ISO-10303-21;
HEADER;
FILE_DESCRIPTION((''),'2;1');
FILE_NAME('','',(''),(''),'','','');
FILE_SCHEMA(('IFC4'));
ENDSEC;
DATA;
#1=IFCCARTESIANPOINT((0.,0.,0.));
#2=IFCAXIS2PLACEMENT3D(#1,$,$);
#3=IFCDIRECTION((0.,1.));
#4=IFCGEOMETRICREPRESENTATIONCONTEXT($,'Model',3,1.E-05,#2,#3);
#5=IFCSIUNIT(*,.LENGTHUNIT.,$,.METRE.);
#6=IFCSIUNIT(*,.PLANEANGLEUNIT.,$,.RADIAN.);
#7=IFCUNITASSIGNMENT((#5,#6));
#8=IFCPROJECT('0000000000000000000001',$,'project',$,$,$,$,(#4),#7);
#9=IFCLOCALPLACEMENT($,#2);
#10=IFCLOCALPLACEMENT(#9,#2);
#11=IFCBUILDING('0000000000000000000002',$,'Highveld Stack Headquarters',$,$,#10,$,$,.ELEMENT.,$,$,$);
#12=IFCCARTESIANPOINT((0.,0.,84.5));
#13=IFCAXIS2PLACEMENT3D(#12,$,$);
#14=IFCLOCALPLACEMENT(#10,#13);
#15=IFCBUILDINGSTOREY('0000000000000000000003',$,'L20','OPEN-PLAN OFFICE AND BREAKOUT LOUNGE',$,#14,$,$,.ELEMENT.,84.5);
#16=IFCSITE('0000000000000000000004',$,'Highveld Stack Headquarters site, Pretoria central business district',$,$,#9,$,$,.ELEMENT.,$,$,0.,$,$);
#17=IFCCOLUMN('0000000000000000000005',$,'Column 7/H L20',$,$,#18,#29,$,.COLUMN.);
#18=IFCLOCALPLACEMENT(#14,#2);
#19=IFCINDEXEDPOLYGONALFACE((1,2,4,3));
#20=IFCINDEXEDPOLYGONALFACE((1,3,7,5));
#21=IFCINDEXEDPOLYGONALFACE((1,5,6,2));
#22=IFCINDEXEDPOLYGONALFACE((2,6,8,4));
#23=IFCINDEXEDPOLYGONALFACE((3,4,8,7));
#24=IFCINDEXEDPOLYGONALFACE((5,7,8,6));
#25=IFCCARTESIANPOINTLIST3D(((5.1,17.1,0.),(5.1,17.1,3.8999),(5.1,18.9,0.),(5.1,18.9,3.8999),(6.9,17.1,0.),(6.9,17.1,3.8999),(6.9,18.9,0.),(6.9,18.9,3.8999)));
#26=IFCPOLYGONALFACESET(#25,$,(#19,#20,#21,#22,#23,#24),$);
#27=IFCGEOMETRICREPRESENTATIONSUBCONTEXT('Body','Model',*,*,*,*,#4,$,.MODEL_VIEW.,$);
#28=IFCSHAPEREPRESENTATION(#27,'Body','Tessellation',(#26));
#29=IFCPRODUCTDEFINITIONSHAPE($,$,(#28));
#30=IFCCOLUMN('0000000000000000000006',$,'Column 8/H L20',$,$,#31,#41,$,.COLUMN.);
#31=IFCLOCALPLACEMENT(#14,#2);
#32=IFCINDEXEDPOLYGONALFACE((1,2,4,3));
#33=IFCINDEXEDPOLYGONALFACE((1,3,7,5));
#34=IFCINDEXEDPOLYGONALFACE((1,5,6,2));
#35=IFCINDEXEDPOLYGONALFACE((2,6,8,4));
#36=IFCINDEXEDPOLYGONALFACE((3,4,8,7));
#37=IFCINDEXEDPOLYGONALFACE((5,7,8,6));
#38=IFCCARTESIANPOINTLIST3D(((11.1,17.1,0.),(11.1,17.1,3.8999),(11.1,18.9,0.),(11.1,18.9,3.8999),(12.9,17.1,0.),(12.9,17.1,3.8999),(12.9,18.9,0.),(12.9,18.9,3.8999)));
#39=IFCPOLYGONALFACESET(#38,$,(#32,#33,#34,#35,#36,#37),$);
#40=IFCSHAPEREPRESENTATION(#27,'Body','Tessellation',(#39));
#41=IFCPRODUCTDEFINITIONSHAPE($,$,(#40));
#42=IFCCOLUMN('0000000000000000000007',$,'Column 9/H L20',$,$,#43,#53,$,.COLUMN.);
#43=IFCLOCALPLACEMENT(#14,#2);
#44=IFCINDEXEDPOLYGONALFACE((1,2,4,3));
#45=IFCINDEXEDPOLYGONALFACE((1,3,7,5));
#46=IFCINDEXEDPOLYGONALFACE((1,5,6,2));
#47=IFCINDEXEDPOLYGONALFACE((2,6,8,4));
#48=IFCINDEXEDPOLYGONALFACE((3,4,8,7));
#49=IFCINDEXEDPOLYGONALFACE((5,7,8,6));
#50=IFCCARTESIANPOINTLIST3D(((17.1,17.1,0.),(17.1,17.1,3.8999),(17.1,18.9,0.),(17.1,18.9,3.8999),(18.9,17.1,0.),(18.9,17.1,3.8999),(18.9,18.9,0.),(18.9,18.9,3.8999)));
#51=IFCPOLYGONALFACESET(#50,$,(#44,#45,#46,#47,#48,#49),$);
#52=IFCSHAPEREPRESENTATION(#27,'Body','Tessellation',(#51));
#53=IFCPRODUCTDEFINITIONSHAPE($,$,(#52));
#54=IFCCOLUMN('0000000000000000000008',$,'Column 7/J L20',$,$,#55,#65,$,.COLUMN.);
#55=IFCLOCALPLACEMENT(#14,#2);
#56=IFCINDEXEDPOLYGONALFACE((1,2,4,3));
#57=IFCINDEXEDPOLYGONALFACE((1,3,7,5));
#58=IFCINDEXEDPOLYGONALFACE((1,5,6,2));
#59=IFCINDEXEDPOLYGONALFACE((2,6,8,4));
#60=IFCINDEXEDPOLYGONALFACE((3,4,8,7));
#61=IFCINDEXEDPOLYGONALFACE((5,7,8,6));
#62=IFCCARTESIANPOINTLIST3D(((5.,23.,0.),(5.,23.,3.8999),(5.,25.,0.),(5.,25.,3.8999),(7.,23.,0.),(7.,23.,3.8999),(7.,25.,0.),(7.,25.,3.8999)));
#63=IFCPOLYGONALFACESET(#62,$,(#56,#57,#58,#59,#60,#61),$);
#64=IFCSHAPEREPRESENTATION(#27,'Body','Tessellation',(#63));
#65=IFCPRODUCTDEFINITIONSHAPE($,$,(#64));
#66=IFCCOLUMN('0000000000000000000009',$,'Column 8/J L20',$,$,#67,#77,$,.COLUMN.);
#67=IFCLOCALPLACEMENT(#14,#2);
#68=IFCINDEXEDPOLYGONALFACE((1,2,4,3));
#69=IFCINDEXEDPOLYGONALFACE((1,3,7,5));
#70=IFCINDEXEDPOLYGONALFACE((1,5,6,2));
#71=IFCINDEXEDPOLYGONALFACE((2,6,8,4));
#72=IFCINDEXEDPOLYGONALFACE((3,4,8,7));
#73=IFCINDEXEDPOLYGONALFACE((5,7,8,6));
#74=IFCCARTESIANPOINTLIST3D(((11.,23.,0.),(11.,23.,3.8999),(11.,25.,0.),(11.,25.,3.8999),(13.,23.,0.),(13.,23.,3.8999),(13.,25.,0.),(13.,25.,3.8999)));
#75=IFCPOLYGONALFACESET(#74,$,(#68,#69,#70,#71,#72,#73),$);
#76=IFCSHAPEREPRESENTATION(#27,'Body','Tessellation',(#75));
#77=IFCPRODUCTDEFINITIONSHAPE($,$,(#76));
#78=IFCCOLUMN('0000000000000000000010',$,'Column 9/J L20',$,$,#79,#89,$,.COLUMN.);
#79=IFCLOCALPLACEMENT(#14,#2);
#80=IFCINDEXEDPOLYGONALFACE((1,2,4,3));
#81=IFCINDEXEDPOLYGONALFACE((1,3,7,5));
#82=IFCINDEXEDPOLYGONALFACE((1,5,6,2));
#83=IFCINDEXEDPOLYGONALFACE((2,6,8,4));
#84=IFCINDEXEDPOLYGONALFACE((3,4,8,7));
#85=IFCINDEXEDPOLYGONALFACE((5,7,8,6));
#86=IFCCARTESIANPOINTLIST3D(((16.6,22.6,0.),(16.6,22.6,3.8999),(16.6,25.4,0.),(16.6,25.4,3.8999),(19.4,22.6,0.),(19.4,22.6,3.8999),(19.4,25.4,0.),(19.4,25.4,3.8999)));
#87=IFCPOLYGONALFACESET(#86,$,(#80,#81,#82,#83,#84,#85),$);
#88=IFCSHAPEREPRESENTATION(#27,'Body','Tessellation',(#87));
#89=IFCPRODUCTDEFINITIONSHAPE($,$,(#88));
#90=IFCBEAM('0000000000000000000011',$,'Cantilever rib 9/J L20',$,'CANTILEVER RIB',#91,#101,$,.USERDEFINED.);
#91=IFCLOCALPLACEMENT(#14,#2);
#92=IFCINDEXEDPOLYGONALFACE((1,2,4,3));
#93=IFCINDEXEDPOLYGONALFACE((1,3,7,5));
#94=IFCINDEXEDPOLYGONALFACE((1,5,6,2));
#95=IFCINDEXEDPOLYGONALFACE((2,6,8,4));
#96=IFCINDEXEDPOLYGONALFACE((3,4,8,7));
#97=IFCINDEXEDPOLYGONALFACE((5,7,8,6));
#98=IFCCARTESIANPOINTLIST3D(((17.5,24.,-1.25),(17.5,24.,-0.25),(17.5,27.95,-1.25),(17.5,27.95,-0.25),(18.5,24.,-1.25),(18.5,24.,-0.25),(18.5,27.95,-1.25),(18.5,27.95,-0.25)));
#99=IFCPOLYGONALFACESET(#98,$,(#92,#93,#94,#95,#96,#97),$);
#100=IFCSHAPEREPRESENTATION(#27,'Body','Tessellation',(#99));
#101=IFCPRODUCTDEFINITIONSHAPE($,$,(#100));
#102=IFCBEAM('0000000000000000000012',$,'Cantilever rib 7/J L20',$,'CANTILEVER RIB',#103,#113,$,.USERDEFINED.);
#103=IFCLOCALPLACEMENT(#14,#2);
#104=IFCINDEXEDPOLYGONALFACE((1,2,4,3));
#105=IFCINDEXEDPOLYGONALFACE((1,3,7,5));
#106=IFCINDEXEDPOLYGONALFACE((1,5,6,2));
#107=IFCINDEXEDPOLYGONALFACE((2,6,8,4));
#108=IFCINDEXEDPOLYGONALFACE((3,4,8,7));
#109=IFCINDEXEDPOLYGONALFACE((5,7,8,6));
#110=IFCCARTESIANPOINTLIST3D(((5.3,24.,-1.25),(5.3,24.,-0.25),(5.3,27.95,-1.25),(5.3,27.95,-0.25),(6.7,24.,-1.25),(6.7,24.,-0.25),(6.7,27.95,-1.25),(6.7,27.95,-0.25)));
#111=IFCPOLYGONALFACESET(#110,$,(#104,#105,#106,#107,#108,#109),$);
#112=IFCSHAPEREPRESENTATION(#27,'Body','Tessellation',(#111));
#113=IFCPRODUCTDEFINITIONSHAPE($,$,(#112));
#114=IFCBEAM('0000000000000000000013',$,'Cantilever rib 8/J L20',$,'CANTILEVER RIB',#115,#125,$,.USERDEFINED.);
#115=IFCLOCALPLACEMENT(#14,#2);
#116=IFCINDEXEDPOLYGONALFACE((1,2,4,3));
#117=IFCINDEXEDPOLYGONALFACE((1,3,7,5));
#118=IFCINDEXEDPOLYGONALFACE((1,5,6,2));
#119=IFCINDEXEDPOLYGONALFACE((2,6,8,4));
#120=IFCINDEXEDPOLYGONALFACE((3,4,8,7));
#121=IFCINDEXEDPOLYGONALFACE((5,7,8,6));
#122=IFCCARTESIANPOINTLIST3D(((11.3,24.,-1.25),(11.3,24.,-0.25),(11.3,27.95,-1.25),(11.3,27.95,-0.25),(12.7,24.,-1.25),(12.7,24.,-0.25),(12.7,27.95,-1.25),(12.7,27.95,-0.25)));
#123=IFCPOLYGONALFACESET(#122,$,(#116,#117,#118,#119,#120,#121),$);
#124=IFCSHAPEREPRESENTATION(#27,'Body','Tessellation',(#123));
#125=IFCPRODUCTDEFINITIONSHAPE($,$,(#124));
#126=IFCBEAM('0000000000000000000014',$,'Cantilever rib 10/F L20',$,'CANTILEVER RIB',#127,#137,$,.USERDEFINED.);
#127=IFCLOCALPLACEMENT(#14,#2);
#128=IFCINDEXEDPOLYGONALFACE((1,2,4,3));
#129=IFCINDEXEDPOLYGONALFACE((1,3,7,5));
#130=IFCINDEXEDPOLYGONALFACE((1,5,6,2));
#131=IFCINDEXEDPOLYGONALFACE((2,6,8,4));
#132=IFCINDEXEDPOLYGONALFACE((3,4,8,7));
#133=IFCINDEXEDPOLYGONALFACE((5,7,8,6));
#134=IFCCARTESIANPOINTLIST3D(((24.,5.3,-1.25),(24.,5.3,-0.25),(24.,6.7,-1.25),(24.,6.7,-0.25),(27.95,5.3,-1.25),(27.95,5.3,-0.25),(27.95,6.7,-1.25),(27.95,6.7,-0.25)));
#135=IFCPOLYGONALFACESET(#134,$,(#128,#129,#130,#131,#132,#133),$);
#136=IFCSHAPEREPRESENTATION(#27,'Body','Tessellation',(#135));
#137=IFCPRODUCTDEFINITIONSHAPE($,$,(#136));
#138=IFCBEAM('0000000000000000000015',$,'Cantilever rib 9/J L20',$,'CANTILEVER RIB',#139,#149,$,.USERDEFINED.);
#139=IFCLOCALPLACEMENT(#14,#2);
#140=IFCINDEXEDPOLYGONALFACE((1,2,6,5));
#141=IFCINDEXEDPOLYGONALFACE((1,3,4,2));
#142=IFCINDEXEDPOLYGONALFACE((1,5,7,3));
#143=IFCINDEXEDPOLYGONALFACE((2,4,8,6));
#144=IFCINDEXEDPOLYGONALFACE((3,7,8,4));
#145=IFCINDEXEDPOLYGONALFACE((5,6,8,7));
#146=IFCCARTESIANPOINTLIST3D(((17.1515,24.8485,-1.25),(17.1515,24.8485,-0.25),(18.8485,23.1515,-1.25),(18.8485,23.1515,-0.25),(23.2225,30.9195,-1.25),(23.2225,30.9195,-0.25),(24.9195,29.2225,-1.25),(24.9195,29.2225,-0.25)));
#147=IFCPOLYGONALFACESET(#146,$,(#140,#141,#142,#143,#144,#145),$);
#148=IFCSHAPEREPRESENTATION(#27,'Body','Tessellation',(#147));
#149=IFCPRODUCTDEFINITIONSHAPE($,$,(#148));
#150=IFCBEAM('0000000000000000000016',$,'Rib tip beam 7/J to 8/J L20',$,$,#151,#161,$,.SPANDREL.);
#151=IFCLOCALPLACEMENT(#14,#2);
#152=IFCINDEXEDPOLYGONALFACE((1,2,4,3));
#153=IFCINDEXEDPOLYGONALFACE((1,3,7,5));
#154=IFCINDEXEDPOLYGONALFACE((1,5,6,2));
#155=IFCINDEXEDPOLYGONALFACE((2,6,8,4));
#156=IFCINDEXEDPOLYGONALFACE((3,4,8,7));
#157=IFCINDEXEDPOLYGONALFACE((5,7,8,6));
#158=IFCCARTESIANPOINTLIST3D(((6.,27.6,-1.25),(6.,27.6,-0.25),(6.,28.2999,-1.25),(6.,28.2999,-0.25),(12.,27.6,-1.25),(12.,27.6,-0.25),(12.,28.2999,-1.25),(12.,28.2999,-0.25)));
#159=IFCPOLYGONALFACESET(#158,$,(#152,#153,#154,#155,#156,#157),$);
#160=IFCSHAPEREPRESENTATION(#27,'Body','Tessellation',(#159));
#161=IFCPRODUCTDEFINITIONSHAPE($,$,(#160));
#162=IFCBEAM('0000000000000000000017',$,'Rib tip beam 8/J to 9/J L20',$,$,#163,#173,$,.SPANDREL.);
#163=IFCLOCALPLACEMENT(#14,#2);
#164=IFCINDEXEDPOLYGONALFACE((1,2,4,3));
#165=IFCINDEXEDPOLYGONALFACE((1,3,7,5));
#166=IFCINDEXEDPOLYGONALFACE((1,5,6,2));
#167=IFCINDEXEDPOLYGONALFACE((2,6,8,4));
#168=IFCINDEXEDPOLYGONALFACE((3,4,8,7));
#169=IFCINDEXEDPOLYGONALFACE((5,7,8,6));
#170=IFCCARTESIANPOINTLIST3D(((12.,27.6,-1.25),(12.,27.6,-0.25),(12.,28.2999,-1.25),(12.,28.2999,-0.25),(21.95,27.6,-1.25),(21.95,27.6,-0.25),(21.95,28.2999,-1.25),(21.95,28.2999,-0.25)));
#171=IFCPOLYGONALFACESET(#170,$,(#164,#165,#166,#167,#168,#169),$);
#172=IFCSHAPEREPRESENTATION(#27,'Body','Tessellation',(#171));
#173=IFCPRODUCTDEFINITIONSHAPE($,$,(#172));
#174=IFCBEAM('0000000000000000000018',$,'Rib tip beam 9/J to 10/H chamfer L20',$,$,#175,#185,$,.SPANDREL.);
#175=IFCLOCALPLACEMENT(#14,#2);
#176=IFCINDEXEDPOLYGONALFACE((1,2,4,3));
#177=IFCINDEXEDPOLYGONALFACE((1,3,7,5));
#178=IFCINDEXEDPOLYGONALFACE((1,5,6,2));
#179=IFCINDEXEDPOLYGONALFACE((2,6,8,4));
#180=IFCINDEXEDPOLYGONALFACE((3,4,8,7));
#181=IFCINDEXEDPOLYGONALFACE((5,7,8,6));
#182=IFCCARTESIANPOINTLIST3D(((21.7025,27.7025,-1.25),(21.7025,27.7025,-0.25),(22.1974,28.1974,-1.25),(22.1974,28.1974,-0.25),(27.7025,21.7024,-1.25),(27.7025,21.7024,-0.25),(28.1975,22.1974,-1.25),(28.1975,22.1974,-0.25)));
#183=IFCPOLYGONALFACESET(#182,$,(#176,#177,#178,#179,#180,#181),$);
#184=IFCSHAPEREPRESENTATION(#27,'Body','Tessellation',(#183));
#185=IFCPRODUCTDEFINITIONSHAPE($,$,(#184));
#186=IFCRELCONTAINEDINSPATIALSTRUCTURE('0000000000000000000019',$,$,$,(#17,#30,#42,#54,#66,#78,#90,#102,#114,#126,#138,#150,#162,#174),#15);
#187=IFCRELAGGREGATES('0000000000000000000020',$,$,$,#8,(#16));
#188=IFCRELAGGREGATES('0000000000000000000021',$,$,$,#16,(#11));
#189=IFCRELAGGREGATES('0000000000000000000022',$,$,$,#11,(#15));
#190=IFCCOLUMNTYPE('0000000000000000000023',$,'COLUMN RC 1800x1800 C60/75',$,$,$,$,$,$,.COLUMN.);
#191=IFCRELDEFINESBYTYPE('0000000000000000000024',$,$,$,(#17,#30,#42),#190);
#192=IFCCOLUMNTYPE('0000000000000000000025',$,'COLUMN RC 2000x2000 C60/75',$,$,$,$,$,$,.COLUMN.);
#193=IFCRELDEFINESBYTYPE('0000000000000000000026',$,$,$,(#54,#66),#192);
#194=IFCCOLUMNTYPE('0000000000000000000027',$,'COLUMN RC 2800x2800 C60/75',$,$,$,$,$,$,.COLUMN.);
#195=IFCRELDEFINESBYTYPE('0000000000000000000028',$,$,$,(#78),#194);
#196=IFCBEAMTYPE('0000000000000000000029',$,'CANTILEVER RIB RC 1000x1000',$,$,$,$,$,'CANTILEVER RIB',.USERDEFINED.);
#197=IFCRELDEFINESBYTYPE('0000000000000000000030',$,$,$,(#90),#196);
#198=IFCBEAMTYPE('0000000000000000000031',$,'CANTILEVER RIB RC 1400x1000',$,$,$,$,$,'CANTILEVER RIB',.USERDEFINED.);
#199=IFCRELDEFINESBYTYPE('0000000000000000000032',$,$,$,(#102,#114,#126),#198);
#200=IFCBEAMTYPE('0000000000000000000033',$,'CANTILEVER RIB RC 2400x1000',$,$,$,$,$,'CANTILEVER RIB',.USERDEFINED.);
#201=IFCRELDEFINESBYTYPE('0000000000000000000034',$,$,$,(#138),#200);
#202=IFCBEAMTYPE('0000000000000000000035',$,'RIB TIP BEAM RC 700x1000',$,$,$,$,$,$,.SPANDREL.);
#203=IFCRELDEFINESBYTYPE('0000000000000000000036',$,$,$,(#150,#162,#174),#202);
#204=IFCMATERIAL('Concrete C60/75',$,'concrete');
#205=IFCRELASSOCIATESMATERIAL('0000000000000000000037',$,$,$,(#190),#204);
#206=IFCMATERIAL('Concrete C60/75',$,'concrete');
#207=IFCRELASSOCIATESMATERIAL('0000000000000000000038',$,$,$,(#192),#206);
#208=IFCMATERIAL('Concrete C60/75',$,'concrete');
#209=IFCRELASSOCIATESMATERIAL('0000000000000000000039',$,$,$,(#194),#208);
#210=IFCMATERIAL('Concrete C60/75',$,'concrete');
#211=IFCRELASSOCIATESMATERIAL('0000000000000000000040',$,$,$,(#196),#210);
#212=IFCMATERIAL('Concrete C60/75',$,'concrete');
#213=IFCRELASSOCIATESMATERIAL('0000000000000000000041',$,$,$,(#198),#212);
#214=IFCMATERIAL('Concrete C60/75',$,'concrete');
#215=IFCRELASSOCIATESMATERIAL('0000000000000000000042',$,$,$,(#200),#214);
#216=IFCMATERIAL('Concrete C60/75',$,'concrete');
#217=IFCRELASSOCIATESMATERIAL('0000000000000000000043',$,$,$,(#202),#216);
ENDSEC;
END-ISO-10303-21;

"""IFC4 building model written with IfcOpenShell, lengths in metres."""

from ifc_helpers import new_model, si_unit, direction, frame, origin, origin_2d, place, context, subcontext, project, spatial, rectangle, extrude, material, material_profile, profile_set, type_object, element, save


model = new_model("IFC4")

# Units and contexts
model_context = context("Model", 3, precision=1e-05, world=origin(), true_north=direction((0.0, 1.0)))
body_context = subcontext(model_context, "Body", "Model", "MODEL_VIEW")
ifc_project = project(units=[si_unit("LENGTHUNIT", "METRE"), si_unit("PLANEANGLEUNIT", "RADIAN")], contexts=[model_context])

# Site, building, storey
site_placement = place(None, origin())
site = spatial("IfcSite", under=ifc_project, at=site_placement, Name="Highveld Stack Headquarters site, Pretoria central business district", CompositionType="ELEMENT", RefElevation=0.0)
building_placement = place(site_placement, origin())
building = spatial("IfcBuilding", under=site, at=building_placement, Name="Highveld Stack Headquarters", CompositionType="ELEMENT")
storey_placement = place(building_placement, frame((0.0, 0.0, 84.5)))
storey = spatial("IfcBuildingStorey", under=building, at=storey_placement, Name="L20", Description="OPEN-PLAN OFFICE AND BREAKOUT LOUNGE", CompositionType="ELEMENT", Elevation=84.5)

# Columns
ifc_material_1 = material(Name="Concrete C60/75", Category="concrete")
ifc_material_profile_1 = material_profile(ifc_material_1, rectangle(XDim=1.8, YDim=1.8, at=origin_2d()), Name="RC 1800x1800")
ifc_profile_set_1 = profile_set([ifc_material_profile_1], Name="Concrete C60/75")
column_type_1 = type_object("IfcColumnType", Name="COLUMN RC 1800x1800 C60/75", PredefinedType="COLUMN", material=ifc_profile_set_1)
for number, where, z_axis, x_axis, name in (
    (1, (6.0, 18.0, 0.0), (0.0, 0.0, 1.0), (1.0, 0.0, 0.0), "Column 7/H L20"),
    (2, (12.0, 18.0, 0.0), (0.0, 0.0, 1.0), (1.0, 0.0, 0.0), "Column 8/H L20"),
    (3, (18.0, 18.0, 0.0), (0.0, 0.0, 1.0), (1.0, 0.0, 0.0), "Column 9/H L20"),
):
    element("IfcColumn", number, at=place(storey_placement, frame(where, z_axis=z_axis, x_axis=x_axis)), inside=storey, type_object=column_type_1, Name=name, PredefinedType="COLUMN", context=body_context, shape_type="SweptSolid", body=[
        extrude(rectangle(XDim=1.8, YDim=1.8, at=origin_2d()), origin(), (0.0, 0.0, 1.0), 3.8999),
    ])
ifc_material_2 = material(Name="Concrete C60/75", Category="concrete")
ifc_material_profile_2 = material_profile(ifc_material_2, rectangle(XDim=2.0, YDim=2.0, at=origin_2d()), Name="RC 2000x2000")
ifc_profile_set_2 = profile_set([ifc_material_profile_2], Name="Concrete C60/75")
column_type_2 = type_object("IfcColumnType", Name="COLUMN RC 2000x2000 C60/75", PredefinedType="COLUMN", material=ifc_profile_set_2)
for number, where, z_axis, x_axis, name in (
    (4, (6.0, 24.0, 0.0), (0.0, 0.0, 1.0), (1.0, 0.0, 0.0), "Column 7/J L20"),
    (5, (12.0, 24.0, 0.0), (0.0, 0.0, 1.0), (1.0, 0.0, 0.0), "Column 8/J L20"),
):
    element("IfcColumn", number, at=place(storey_placement, frame(where, z_axis=z_axis, x_axis=x_axis)), inside=storey, type_object=column_type_2, Name=name, PredefinedType="COLUMN", context=body_context, shape_type="SweptSolid", body=[
        extrude(rectangle(XDim=2.0, YDim=2.0, at=origin_2d()), origin(), (0.0, 0.0, 1.0), 3.8999),
    ])
ifc_material_3 = material(Name="Concrete C60/75", Category="concrete")
ifc_material_profile_3 = material_profile(ifc_material_3, rectangle(XDim=2.8, YDim=2.8, at=origin_2d()), Name="RC 2800x2800")
ifc_profile_set_3 = profile_set([ifc_material_profile_3], Name="Concrete C60/75")
column_type_3 = type_object("IfcColumnType", Name="COLUMN RC 2800x2800 C60/75", PredefinedType="COLUMN", material=ifc_profile_set_3)
column_placement = place(storey_placement, frame((18.0, 24.0, 0.0), z_axis=(0.0, 0.0, 1.0), x_axis=(1.0, 0.0, 0.0)))
element("IfcColumn", 6, at=column_placement, inside=storey, type_object=column_type_3, Name="Column 9/J L20", PredefinedType="COLUMN", context=body_context, shape_type="SweptSolid", body=[
    extrude(rectangle(XDim=2.8, YDim=2.8, at=origin_2d()), origin(), (0.0, 0.0, 1.0), 3.8999),
])

# Beams
ifc_material_4 = material(Name="Concrete C60/75", Category="concrete")
ifc_material_profile_4 = material_profile(ifc_material_4, rectangle(XDim=1.0, YDim=1.0, at=origin_2d()), Name="RC 1000x1000")
ifc_profile_set_4 = profile_set([ifc_material_profile_4], Name="Concrete C60/75")
beam_type_1 = type_object("IfcBeamType", Name="CANTILEVER RIB RC 1000x1000", ElementType="CANTILEVER RIB", PredefinedType="USERDEFINED", material=ifc_profile_set_4)
beam_1_placement = place(storey_placement, frame((18.0, 24.0, -0.75), z_axis=(0.0, 1.0, 0.0), x_axis=(-1.0, 0.0, 0.0)))
element("IfcBeam", 7, at=beam_1_placement, inside=storey, type_object=beam_type_1, Name="Cantilever rib 9/J L20", ObjectType="CANTILEVER RIB", PredefinedType="USERDEFINED", context=body_context, shape_type="SweptSolid", body=[
    extrude(rectangle(XDim=1.0, YDim=1.0, at=origin_2d()), origin(), (0.0, 0.0, 1.0), 3.95),
])
ifc_material_5 = material(Name="Concrete C60/75", Category="concrete")
ifc_material_profile_5 = material_profile(ifc_material_5, rectangle(XDim=1.3999, YDim=1.0, at=origin_2d()), Name="RC 1400x1000")
ifc_profile_set_5 = profile_set([ifc_material_profile_5], Name="Concrete C60/75")
beam_type_2 = type_object("IfcBeamType", Name="CANTILEVER RIB RC 1400x1000", ElementType="CANTILEVER RIB", PredefinedType="USERDEFINED", material=ifc_profile_set_5)
for number, where, z_axis, x_axis, name in (
    (8, (6.0, 24.0, -0.75), (0.0, 1.0, 0.0), (-1.0, 0.0, 0.0), "Cantilever rib 7/J L20"),
    (9, (12.0, 24.0, -0.75), (0.0, 1.0, 0.0), (-1.0, 0.0, 0.0), "Cantilever rib 8/J L20"),
    (10, (24.0, 6.0, -0.75), (1.0, 0.0, 0.0), (0.0, 1.0, 0.0), "Cantilever rib 10/F L20"),
):
    element("IfcBeam", number, at=place(storey_placement, frame(where, z_axis=z_axis, x_axis=x_axis)), inside=storey, type_object=beam_type_2, Name=name, ObjectType="CANTILEVER RIB", PredefinedType="USERDEFINED", context=body_context, shape_type="SweptSolid", body=[
        extrude(rectangle(XDim=1.3999, YDim=1.0, at=origin_2d()), origin(), (0.0, 0.0, 1.0), 3.95),
    ])
ifc_material_6 = material(Name="Concrete C60/75", Category="concrete")
ifc_material_profile_6 = material_profile(ifc_material_6, rectangle(XDim=2.3999, YDim=1.0, at=origin_2d()), Name="RC 2400x1000")
ifc_profile_set_6 = profile_set([ifc_material_profile_6], Name="Concrete C60/75")
beam_type_3 = type_object("IfcBeamType", Name="CANTILEVER RIB RC 2400x1000", ElementType="CANTILEVER RIB", PredefinedType="USERDEFINED", material=ifc_profile_set_6)
beam_2_placement = place(storey_placement, frame((18.0, 24.0, -0.75), z_axis=(0.707107, 0.707107, 0.0), x_axis=(-0.707107, 0.707107, 0.0)))
element("IfcBeam", 11, at=beam_2_placement, inside=storey, type_object=beam_type_3, Name="Cantilever rib 9/J L20", ObjectType="CANTILEVER RIB", PredefinedType="USERDEFINED", context=body_context, shape_type="SweptSolid", body=[
    extrude(rectangle(XDim=2.3999, YDim=1.0, at=origin_2d()), origin(), (0.0, 0.0, 1.0), 8.5857),
])
ifc_material_7 = material(Name="Concrete C60/75", Category="concrete")
ifc_material_profile_7 = material_profile(ifc_material_7, rectangle(XDim=0.7, YDim=1.0, at=origin_2d()), Name="RC 700x1000")
ifc_profile_set_7 = profile_set([ifc_material_profile_7], Name="Concrete C60/75")
beam_type_4 = type_object("IfcBeamType", Name="RIB TIP BEAM RC 700x1000", PredefinedType="SPANDREL", material=ifc_profile_set_7)
beam_3_placement = place(storey_placement, frame((6.0, 27.95, -0.75), z_axis=(1.0, 0.0, 0.0), x_axis=(0.0, 1.0, 0.0)))
element("IfcBeam", 12, at=beam_3_placement, inside=storey, type_object=beam_type_4, Name="Rib tip beam 7/J to 8/J L20", PredefinedType="SPANDREL", context=body_context, shape_type="SweptSolid", body=[
    extrude(rectangle(XDim=0.7, YDim=1.0, at=origin_2d()), origin(), (0.0, 0.0, 1.0), 6.0),
])
beam_4_placement = place(storey_placement, frame((12.0, 27.95, -0.75), z_axis=(1.0, 0.0, 0.0), x_axis=(0.0, 1.0, 0.0)))
element("IfcBeam", 13, at=beam_4_placement, inside=storey, type_object=beam_type_4, Name="Rib tip beam 8/J to 9/J L20", PredefinedType="SPANDREL", context=body_context, shape_type="SweptSolid", body=[
    extrude(rectangle(XDim=0.7, YDim=1.0, at=origin_2d()), origin(), (0.0, 0.0, 1.0), 9.95),
])
beam_5_placement = place(storey_placement, frame((21.95, 27.95, -0.75), z_axis=(0.707107, -0.707107, 0.0), x_axis=(0.707107, 0.707107, 0.0)))
element("IfcBeam", 14, at=beam_5_placement, inside=storey, type_object=beam_type_4, Name="Rib tip beam 9/J to 10/H chamfer L20", PredefinedType="SPANDREL", context=body_context, shape_type="SweptSolid", body=[
    extrude(rectangle(XDim=0.7, YDim=1.0, at=origin_2d()), origin(), (0.0, 0.0, 1.0), 8.4854),
])

save(model, "model.ifc")
